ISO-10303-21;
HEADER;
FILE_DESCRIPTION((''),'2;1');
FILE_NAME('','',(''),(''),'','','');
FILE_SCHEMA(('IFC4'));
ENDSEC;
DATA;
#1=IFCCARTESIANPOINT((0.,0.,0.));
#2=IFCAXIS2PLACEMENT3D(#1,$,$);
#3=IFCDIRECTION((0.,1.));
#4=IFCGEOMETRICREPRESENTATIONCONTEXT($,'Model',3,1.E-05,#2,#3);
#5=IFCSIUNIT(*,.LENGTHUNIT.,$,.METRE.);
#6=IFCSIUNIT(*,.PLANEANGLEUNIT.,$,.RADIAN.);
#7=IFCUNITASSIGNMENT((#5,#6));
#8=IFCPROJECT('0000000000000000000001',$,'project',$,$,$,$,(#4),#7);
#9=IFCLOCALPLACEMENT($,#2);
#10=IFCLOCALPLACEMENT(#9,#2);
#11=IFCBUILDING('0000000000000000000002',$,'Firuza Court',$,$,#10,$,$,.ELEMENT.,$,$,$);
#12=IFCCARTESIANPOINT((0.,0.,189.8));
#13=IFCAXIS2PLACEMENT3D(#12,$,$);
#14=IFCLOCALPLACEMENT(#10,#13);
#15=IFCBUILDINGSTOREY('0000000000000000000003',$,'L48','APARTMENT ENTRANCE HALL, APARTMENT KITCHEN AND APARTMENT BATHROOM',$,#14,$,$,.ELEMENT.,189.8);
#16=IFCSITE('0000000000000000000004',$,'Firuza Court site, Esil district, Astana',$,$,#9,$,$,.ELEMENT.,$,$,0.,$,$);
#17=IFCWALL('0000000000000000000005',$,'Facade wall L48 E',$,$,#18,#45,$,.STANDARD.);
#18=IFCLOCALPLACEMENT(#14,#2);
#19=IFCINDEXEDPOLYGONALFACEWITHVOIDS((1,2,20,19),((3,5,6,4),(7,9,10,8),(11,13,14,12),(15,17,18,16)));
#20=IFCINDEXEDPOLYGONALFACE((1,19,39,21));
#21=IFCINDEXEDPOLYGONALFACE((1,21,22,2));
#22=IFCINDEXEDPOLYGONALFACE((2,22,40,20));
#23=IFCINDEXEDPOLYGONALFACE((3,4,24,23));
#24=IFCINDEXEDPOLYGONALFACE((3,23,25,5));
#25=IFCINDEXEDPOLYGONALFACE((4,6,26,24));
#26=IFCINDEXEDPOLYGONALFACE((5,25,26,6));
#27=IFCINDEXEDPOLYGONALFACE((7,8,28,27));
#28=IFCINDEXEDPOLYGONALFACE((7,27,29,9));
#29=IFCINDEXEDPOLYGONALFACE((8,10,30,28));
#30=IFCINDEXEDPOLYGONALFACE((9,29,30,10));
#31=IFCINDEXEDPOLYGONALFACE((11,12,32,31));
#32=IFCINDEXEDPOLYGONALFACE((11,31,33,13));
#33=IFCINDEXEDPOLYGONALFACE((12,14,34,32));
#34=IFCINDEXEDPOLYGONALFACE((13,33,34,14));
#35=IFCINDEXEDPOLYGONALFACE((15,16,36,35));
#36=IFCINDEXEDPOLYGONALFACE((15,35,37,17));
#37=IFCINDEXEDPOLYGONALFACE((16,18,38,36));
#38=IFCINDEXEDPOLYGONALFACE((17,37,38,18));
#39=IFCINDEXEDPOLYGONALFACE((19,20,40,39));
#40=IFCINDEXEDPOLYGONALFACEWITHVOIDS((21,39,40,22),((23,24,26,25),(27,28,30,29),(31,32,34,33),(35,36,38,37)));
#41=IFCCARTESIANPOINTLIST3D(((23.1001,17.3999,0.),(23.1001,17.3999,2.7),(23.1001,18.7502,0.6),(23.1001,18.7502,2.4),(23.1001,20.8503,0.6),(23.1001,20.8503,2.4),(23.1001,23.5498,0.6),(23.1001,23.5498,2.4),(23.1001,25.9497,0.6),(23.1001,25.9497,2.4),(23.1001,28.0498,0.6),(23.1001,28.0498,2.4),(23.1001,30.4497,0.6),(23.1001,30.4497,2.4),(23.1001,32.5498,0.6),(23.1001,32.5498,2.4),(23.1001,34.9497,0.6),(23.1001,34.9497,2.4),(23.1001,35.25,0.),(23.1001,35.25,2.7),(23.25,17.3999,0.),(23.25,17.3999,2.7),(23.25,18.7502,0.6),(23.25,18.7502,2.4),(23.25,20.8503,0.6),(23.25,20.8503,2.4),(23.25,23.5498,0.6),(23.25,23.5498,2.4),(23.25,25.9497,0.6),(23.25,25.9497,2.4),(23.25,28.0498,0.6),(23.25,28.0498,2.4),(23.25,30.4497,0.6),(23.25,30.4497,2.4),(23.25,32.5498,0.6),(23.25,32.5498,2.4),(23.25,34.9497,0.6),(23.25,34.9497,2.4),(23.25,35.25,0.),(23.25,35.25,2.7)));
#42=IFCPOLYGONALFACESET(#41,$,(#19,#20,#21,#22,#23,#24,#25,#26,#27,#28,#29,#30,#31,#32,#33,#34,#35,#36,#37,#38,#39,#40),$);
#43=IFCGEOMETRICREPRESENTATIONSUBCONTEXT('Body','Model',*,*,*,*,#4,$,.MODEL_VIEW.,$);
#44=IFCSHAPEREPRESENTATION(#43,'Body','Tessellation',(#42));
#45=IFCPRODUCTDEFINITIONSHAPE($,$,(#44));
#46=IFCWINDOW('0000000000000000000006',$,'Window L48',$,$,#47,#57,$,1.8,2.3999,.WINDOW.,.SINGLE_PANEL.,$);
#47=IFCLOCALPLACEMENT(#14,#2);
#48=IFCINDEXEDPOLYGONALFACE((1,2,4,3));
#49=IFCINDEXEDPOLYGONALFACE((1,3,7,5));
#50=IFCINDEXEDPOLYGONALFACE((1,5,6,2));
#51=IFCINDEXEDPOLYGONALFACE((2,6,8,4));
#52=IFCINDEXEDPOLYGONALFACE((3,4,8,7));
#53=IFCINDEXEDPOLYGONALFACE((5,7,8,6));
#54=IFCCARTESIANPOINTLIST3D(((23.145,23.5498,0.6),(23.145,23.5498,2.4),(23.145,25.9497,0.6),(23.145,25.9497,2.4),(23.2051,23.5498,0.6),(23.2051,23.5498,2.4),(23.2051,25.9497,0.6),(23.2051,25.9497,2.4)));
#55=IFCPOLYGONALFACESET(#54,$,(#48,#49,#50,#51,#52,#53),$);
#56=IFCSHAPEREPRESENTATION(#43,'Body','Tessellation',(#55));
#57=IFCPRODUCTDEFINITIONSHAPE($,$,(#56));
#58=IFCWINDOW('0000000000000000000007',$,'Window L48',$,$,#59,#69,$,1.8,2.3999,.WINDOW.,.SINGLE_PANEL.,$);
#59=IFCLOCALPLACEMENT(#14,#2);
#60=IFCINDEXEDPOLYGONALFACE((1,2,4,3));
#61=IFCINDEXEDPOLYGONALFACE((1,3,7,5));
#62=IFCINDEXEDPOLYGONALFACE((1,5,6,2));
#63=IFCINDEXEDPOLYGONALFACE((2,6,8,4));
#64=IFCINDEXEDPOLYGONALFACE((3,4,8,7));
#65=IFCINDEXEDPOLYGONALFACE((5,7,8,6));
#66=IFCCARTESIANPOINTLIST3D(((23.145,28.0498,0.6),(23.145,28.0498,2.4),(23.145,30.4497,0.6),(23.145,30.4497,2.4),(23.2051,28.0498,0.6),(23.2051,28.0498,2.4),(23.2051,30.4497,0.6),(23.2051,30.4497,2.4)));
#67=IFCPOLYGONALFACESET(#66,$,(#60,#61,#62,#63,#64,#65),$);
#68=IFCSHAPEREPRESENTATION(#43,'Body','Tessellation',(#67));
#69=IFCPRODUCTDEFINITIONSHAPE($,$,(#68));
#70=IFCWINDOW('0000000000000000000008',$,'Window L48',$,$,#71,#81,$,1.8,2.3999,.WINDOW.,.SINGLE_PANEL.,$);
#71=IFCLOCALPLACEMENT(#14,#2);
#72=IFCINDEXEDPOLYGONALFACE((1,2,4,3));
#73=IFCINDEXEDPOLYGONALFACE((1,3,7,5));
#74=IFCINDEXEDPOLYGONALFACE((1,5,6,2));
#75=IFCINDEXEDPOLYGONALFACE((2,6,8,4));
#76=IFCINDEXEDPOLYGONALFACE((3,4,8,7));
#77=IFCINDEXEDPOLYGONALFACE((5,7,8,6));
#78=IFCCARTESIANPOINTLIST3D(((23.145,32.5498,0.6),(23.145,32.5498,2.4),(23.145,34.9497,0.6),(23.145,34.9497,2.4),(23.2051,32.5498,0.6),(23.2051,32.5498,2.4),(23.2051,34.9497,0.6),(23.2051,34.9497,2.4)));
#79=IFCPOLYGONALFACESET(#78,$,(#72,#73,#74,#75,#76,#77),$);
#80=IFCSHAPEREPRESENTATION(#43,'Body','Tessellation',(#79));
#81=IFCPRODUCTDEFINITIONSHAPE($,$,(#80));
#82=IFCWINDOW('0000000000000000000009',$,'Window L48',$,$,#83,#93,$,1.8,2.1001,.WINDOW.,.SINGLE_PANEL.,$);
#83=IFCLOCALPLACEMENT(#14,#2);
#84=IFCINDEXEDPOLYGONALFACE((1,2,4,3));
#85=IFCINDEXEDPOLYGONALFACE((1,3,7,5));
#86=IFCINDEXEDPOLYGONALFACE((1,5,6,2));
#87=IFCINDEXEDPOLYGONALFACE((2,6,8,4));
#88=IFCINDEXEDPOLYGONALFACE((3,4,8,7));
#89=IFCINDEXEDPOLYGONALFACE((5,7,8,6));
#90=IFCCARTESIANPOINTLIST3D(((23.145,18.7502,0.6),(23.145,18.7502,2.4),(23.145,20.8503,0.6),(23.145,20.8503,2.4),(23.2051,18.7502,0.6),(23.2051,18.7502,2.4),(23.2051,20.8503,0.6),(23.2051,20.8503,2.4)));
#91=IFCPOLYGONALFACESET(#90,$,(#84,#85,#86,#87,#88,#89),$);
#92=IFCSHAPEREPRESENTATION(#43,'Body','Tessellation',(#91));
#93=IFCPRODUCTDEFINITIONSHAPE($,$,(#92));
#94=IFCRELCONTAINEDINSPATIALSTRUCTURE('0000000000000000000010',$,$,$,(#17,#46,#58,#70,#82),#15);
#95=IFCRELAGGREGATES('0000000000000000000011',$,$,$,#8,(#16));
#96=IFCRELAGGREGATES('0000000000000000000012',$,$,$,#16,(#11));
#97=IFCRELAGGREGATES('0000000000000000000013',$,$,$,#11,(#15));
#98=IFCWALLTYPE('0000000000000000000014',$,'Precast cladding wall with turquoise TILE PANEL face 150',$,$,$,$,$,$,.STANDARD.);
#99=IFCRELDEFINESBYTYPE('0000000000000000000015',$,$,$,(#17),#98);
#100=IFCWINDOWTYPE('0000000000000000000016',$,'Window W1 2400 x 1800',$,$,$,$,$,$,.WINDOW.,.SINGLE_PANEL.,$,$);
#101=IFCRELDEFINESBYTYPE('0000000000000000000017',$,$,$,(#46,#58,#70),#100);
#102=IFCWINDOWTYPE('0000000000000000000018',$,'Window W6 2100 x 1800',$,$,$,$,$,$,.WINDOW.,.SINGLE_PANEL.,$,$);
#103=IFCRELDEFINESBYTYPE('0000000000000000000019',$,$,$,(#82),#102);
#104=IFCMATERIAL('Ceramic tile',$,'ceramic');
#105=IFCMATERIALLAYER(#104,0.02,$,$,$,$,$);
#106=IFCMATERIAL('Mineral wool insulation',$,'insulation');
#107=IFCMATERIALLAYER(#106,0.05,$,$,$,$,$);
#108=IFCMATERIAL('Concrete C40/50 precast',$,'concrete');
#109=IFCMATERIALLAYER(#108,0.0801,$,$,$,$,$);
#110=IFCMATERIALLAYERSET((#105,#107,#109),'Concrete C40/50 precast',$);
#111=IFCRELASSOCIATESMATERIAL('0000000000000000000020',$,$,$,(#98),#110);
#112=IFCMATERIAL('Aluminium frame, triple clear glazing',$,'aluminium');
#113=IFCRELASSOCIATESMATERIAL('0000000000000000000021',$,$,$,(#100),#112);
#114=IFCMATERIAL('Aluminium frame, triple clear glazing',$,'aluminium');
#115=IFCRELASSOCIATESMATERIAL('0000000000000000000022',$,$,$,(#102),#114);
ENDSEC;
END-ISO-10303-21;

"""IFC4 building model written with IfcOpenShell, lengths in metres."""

from ifc_helpers import new_model, si_unit, direction, frame, frame_2d, origin, place, context, subcontext, project, spatial, rectangle, extrude, material, layer, layer_set, type_object, element, fill, save


model = new_model("IFC4")

# Units and contexts
model_context = context("Model", 3, precision=1e-05, world=origin(), true_north=direction((0.0, 1.0)))
body_context = subcontext(model_context, "Body", "Model", "MODEL_VIEW")
ifc_project = project(units=[si_unit("LENGTHUNIT", "METRE"), si_unit("PLANEANGLEUNIT", "RADIAN")], contexts=[model_context])

# Site, building, storey
site_placement = place(None, origin())
site = spatial("IfcSite", under=ifc_project, at=site_placement, Name="Firuza Court site, Esil district, Astana", CompositionType="ELEMENT", RefElevation=0.0)
building_placement = place(site_placement, origin())
building = spatial("IfcBuilding", under=site, at=building_placement, Name="Firuza Court", CompositionType="ELEMENT")
storey_placement = place(building_placement, frame((0.0, 0.0, 189.8)))
storey = spatial("IfcBuildingStorey", under=building, at=storey_placement, Name="L48", Description="APARTMENT ENTRANCE HALL, APARTMENT KITCHEN AND APARTMENT BATHROOM", CompositionType="ELEMENT", Elevation=189.8)

# Wall, openings, windows
ifc_material_1 = material(Name="Ceramic tile", Category="ceramic")
ifc_layer_1 = layer(ifc_material_1, 0.02)
ifc_material_2 = material(Name="Mineral wool insulation", Category="insulation")
ifc_layer_2 = layer(ifc_material_2, 0.05)
ifc_material_3 = material(Name="Concrete C40/50 precast", Category="concrete")
ifc_layer_3 = layer(ifc_material_3, 0.0801)
ifc_layer_set_1 = layer_set([ifc_layer_1, ifc_layer_2, ifc_layer_3], Name="Concrete C40/50 precast")
wall_type_1 = type_object("IfcWallType", Name="Precast cladding wall with turquoise TILE PANEL face 150", PredefinedType="STANDARD", material=ifc_layer_set_1)
wall_1_placement = place(storey_placement, frame((23.175, 17.3999, 0.0), z_axis=(0.0, 0.0, 1.0), x_axis=(0.0, 1.0, 0.0)))
wall_1 = element("IfcWall", 1, at=wall_1_placement, inside=storey, type_object=wall_type_1, Name="Facade wall L48 E", PredefinedType="STANDARD", context=body_context, shape_type="SweptSolid", body=[
    extrude(rectangle(XDim=17.8501, YDim=0.1499, at=frame_2d((8.925, 0.0))), origin(), (0.0, 0.0, 1.0), 2.7),
])
opening_1_placement = place(wall_1_placement, frame((1.3503, 0.0, 0.6001)))
opening_1 = element("IfcOpeningElement", 2, at=opening_1_placement, cuts=wall_1, PredefinedType="OPENING", context=body_context, shape_type="SweptSolid", body=[
    extrude(rectangle(XDim=2.1001, YDim=1.8, at=frame_2d((1.05, 0.8999))), frame((0.0, 0.0869, 0.0), z_axis=(0.0, -1.0, 0.0), x_axis=(1.0, 0.0, 0.0)), (0.0, 0.0, 1.0), 0.1738),
])
opening_2_placement = place(wall_1_placement, frame((6.1499, 0.0, 0.6001)))
opening_2 = element("IfcOpeningElement", 3, at=opening_2_placement, cuts=wall_1, PredefinedType="OPENING", context=body_context, shape_type="SweptSolid", body=[
    extrude(rectangle(XDim=2.3999, YDim=1.8, at=frame_2d((1.2, 0.8999))), frame((0.0, 0.0869, 0.0), z_axis=(0.0, -1.0, 0.0), x_axis=(1.0, 0.0, 0.0)), (0.0, 0.0, 1.0), 0.1738),
])
opening_3_placement = place(wall_1_placement, frame((10.6499, 0.0, 0.6001)))
opening_3 = element("IfcOpeningElement", 4, at=opening_3_placement, cuts=wall_1, PredefinedType="OPENING", context=body_context, shape_type="SweptSolid", body=[
    extrude(rectangle(XDim=2.3999, YDim=1.8, at=frame_2d((1.2, 0.8999))), frame((0.0, 0.0869, 0.0), z_axis=(0.0, -1.0, 0.0), x_axis=(1.0, 0.0, 0.0)), (0.0, 0.0, 1.0), 0.1738),
])
opening_4_placement = place(wall_1_placement, frame((15.1499, 0.0, 0.6001)))
opening_4 = element("IfcOpeningElement", 5, at=opening_4_placement, cuts=wall_1, PredefinedType="OPENING", context=body_context, shape_type="SweptSolid", body=[
    extrude(rectangle(XDim=2.3999, YDim=1.8, at=frame_2d((1.2, 0.8999))), frame((0.0, 0.0869, 0.0), z_axis=(0.0, -1.0, 0.0), x_axis=(1.0, 0.0, 0.0)), (0.0, 0.0, 1.0), 0.1738),
])
ifc_material_4 = material(Name="Aluminium frame, triple clear glazing", Category="aluminium")
window_type_1 = type_object("IfcWindowType", Name="Window W1 2400 x 1800", PartitioningType="SINGLE_PANEL", PredefinedType="WINDOW", material=ifc_material_4)
window_1_placement = place(opening_2_placement, origin())
window_1 = element("IfcWindow", 6, at=window_1_placement, inside=storey, type_object=window_type_1, Name="Window L48", OverallHeight=1.8, OverallWidth=2.3999, PartitioningType="SINGLE_PANEL", PredefinedType="WINDOW", context=body_context, shape_type="SweptSolid", body=[
    extrude(rectangle(XDim=2.3999, YDim=1.8, at=frame_2d((1.2, 0.8999))), frame((0.0, 0.03, 0.0), z_axis=(0.0, -1.0, 0.0), x_axis=(1.0, 0.0, 0.0)), (0.0, 0.0, 1.0), 0.0601),
])
fill(opening_2, window_1)
window_2_placement = place(opening_3_placement, origin())
window_2 = element("IfcWindow", 7, at=window_2_placement, inside=storey, type_object=window_type_1, Name="Window L48", OverallHeight=1.8, OverallWidth=2.3999, PartitioningType="SINGLE_PANEL", PredefinedType="WINDOW", context=body_context, shape_type="SweptSolid", body=[
    extrude(rectangle(XDim=2.3999, YDim=1.8, at=frame_2d((1.2, 0.8999))), frame((0.0, 0.03, 0.0), z_axis=(0.0, -1.0, 0.0), x_axis=(1.0, 0.0, 0.0)), (0.0, 0.0, 1.0), 0.0601),
])
fill(opening_3, window_2)
window_3_placement = place(opening_4_placement, origin())
window_3 = element("IfcWindow", 8, at=window_3_placement, inside=storey, type_object=window_type_1, Name="Window L48", OverallHeight=1.8, OverallWidth=2.3999, PartitioningType="SINGLE_PANEL", PredefinedType="WINDOW", context=body_context, shape_type="SweptSolid", body=[
    extrude(rectangle(XDim=2.3999, YDim=1.8, at=frame_2d((1.2, 0.8999))), frame((0.0, 0.03, 0.0), z_axis=(0.0, -1.0, 0.0), x_axis=(1.0, 0.0, 0.0)), (0.0, 0.0, 1.0), 0.0601),
])
fill(opening_4, window_3)
ifc_material_5 = material(Name="Aluminium frame, triple clear glazing", Category="aluminium")
window_type_2 = type_object("IfcWindowType", Name="Window W6 2100 x 1800", PartitioningType="SINGLE_PANEL", PredefinedType="WINDOW", material=ifc_material_5)
window_4_placement = place(opening_1_placement, origin())
window_4 = element("IfcWindow", 9, at=window_4_placement, inside=storey, type_object=window_type_2, Name="Window L48", OverallHeight=1.8, OverallWidth=2.1001, PartitioningType="SINGLE_PANEL", PredefinedType="WINDOW", context=body_context, shape_type="SweptSolid", body=[
    extrude(rectangle(XDim=2.1001, YDim=1.8, at=frame_2d((1.05, 0.8999))), frame((0.0, 0.03, 0.0), z_axis=(0.0, -1.0, 0.0), x_axis=(1.0, 0.0, 0.0)), (0.0, 0.0, 1.0), 0.0601),
])
fill(opening_1, window_4)

save(model, "model.ifc")
